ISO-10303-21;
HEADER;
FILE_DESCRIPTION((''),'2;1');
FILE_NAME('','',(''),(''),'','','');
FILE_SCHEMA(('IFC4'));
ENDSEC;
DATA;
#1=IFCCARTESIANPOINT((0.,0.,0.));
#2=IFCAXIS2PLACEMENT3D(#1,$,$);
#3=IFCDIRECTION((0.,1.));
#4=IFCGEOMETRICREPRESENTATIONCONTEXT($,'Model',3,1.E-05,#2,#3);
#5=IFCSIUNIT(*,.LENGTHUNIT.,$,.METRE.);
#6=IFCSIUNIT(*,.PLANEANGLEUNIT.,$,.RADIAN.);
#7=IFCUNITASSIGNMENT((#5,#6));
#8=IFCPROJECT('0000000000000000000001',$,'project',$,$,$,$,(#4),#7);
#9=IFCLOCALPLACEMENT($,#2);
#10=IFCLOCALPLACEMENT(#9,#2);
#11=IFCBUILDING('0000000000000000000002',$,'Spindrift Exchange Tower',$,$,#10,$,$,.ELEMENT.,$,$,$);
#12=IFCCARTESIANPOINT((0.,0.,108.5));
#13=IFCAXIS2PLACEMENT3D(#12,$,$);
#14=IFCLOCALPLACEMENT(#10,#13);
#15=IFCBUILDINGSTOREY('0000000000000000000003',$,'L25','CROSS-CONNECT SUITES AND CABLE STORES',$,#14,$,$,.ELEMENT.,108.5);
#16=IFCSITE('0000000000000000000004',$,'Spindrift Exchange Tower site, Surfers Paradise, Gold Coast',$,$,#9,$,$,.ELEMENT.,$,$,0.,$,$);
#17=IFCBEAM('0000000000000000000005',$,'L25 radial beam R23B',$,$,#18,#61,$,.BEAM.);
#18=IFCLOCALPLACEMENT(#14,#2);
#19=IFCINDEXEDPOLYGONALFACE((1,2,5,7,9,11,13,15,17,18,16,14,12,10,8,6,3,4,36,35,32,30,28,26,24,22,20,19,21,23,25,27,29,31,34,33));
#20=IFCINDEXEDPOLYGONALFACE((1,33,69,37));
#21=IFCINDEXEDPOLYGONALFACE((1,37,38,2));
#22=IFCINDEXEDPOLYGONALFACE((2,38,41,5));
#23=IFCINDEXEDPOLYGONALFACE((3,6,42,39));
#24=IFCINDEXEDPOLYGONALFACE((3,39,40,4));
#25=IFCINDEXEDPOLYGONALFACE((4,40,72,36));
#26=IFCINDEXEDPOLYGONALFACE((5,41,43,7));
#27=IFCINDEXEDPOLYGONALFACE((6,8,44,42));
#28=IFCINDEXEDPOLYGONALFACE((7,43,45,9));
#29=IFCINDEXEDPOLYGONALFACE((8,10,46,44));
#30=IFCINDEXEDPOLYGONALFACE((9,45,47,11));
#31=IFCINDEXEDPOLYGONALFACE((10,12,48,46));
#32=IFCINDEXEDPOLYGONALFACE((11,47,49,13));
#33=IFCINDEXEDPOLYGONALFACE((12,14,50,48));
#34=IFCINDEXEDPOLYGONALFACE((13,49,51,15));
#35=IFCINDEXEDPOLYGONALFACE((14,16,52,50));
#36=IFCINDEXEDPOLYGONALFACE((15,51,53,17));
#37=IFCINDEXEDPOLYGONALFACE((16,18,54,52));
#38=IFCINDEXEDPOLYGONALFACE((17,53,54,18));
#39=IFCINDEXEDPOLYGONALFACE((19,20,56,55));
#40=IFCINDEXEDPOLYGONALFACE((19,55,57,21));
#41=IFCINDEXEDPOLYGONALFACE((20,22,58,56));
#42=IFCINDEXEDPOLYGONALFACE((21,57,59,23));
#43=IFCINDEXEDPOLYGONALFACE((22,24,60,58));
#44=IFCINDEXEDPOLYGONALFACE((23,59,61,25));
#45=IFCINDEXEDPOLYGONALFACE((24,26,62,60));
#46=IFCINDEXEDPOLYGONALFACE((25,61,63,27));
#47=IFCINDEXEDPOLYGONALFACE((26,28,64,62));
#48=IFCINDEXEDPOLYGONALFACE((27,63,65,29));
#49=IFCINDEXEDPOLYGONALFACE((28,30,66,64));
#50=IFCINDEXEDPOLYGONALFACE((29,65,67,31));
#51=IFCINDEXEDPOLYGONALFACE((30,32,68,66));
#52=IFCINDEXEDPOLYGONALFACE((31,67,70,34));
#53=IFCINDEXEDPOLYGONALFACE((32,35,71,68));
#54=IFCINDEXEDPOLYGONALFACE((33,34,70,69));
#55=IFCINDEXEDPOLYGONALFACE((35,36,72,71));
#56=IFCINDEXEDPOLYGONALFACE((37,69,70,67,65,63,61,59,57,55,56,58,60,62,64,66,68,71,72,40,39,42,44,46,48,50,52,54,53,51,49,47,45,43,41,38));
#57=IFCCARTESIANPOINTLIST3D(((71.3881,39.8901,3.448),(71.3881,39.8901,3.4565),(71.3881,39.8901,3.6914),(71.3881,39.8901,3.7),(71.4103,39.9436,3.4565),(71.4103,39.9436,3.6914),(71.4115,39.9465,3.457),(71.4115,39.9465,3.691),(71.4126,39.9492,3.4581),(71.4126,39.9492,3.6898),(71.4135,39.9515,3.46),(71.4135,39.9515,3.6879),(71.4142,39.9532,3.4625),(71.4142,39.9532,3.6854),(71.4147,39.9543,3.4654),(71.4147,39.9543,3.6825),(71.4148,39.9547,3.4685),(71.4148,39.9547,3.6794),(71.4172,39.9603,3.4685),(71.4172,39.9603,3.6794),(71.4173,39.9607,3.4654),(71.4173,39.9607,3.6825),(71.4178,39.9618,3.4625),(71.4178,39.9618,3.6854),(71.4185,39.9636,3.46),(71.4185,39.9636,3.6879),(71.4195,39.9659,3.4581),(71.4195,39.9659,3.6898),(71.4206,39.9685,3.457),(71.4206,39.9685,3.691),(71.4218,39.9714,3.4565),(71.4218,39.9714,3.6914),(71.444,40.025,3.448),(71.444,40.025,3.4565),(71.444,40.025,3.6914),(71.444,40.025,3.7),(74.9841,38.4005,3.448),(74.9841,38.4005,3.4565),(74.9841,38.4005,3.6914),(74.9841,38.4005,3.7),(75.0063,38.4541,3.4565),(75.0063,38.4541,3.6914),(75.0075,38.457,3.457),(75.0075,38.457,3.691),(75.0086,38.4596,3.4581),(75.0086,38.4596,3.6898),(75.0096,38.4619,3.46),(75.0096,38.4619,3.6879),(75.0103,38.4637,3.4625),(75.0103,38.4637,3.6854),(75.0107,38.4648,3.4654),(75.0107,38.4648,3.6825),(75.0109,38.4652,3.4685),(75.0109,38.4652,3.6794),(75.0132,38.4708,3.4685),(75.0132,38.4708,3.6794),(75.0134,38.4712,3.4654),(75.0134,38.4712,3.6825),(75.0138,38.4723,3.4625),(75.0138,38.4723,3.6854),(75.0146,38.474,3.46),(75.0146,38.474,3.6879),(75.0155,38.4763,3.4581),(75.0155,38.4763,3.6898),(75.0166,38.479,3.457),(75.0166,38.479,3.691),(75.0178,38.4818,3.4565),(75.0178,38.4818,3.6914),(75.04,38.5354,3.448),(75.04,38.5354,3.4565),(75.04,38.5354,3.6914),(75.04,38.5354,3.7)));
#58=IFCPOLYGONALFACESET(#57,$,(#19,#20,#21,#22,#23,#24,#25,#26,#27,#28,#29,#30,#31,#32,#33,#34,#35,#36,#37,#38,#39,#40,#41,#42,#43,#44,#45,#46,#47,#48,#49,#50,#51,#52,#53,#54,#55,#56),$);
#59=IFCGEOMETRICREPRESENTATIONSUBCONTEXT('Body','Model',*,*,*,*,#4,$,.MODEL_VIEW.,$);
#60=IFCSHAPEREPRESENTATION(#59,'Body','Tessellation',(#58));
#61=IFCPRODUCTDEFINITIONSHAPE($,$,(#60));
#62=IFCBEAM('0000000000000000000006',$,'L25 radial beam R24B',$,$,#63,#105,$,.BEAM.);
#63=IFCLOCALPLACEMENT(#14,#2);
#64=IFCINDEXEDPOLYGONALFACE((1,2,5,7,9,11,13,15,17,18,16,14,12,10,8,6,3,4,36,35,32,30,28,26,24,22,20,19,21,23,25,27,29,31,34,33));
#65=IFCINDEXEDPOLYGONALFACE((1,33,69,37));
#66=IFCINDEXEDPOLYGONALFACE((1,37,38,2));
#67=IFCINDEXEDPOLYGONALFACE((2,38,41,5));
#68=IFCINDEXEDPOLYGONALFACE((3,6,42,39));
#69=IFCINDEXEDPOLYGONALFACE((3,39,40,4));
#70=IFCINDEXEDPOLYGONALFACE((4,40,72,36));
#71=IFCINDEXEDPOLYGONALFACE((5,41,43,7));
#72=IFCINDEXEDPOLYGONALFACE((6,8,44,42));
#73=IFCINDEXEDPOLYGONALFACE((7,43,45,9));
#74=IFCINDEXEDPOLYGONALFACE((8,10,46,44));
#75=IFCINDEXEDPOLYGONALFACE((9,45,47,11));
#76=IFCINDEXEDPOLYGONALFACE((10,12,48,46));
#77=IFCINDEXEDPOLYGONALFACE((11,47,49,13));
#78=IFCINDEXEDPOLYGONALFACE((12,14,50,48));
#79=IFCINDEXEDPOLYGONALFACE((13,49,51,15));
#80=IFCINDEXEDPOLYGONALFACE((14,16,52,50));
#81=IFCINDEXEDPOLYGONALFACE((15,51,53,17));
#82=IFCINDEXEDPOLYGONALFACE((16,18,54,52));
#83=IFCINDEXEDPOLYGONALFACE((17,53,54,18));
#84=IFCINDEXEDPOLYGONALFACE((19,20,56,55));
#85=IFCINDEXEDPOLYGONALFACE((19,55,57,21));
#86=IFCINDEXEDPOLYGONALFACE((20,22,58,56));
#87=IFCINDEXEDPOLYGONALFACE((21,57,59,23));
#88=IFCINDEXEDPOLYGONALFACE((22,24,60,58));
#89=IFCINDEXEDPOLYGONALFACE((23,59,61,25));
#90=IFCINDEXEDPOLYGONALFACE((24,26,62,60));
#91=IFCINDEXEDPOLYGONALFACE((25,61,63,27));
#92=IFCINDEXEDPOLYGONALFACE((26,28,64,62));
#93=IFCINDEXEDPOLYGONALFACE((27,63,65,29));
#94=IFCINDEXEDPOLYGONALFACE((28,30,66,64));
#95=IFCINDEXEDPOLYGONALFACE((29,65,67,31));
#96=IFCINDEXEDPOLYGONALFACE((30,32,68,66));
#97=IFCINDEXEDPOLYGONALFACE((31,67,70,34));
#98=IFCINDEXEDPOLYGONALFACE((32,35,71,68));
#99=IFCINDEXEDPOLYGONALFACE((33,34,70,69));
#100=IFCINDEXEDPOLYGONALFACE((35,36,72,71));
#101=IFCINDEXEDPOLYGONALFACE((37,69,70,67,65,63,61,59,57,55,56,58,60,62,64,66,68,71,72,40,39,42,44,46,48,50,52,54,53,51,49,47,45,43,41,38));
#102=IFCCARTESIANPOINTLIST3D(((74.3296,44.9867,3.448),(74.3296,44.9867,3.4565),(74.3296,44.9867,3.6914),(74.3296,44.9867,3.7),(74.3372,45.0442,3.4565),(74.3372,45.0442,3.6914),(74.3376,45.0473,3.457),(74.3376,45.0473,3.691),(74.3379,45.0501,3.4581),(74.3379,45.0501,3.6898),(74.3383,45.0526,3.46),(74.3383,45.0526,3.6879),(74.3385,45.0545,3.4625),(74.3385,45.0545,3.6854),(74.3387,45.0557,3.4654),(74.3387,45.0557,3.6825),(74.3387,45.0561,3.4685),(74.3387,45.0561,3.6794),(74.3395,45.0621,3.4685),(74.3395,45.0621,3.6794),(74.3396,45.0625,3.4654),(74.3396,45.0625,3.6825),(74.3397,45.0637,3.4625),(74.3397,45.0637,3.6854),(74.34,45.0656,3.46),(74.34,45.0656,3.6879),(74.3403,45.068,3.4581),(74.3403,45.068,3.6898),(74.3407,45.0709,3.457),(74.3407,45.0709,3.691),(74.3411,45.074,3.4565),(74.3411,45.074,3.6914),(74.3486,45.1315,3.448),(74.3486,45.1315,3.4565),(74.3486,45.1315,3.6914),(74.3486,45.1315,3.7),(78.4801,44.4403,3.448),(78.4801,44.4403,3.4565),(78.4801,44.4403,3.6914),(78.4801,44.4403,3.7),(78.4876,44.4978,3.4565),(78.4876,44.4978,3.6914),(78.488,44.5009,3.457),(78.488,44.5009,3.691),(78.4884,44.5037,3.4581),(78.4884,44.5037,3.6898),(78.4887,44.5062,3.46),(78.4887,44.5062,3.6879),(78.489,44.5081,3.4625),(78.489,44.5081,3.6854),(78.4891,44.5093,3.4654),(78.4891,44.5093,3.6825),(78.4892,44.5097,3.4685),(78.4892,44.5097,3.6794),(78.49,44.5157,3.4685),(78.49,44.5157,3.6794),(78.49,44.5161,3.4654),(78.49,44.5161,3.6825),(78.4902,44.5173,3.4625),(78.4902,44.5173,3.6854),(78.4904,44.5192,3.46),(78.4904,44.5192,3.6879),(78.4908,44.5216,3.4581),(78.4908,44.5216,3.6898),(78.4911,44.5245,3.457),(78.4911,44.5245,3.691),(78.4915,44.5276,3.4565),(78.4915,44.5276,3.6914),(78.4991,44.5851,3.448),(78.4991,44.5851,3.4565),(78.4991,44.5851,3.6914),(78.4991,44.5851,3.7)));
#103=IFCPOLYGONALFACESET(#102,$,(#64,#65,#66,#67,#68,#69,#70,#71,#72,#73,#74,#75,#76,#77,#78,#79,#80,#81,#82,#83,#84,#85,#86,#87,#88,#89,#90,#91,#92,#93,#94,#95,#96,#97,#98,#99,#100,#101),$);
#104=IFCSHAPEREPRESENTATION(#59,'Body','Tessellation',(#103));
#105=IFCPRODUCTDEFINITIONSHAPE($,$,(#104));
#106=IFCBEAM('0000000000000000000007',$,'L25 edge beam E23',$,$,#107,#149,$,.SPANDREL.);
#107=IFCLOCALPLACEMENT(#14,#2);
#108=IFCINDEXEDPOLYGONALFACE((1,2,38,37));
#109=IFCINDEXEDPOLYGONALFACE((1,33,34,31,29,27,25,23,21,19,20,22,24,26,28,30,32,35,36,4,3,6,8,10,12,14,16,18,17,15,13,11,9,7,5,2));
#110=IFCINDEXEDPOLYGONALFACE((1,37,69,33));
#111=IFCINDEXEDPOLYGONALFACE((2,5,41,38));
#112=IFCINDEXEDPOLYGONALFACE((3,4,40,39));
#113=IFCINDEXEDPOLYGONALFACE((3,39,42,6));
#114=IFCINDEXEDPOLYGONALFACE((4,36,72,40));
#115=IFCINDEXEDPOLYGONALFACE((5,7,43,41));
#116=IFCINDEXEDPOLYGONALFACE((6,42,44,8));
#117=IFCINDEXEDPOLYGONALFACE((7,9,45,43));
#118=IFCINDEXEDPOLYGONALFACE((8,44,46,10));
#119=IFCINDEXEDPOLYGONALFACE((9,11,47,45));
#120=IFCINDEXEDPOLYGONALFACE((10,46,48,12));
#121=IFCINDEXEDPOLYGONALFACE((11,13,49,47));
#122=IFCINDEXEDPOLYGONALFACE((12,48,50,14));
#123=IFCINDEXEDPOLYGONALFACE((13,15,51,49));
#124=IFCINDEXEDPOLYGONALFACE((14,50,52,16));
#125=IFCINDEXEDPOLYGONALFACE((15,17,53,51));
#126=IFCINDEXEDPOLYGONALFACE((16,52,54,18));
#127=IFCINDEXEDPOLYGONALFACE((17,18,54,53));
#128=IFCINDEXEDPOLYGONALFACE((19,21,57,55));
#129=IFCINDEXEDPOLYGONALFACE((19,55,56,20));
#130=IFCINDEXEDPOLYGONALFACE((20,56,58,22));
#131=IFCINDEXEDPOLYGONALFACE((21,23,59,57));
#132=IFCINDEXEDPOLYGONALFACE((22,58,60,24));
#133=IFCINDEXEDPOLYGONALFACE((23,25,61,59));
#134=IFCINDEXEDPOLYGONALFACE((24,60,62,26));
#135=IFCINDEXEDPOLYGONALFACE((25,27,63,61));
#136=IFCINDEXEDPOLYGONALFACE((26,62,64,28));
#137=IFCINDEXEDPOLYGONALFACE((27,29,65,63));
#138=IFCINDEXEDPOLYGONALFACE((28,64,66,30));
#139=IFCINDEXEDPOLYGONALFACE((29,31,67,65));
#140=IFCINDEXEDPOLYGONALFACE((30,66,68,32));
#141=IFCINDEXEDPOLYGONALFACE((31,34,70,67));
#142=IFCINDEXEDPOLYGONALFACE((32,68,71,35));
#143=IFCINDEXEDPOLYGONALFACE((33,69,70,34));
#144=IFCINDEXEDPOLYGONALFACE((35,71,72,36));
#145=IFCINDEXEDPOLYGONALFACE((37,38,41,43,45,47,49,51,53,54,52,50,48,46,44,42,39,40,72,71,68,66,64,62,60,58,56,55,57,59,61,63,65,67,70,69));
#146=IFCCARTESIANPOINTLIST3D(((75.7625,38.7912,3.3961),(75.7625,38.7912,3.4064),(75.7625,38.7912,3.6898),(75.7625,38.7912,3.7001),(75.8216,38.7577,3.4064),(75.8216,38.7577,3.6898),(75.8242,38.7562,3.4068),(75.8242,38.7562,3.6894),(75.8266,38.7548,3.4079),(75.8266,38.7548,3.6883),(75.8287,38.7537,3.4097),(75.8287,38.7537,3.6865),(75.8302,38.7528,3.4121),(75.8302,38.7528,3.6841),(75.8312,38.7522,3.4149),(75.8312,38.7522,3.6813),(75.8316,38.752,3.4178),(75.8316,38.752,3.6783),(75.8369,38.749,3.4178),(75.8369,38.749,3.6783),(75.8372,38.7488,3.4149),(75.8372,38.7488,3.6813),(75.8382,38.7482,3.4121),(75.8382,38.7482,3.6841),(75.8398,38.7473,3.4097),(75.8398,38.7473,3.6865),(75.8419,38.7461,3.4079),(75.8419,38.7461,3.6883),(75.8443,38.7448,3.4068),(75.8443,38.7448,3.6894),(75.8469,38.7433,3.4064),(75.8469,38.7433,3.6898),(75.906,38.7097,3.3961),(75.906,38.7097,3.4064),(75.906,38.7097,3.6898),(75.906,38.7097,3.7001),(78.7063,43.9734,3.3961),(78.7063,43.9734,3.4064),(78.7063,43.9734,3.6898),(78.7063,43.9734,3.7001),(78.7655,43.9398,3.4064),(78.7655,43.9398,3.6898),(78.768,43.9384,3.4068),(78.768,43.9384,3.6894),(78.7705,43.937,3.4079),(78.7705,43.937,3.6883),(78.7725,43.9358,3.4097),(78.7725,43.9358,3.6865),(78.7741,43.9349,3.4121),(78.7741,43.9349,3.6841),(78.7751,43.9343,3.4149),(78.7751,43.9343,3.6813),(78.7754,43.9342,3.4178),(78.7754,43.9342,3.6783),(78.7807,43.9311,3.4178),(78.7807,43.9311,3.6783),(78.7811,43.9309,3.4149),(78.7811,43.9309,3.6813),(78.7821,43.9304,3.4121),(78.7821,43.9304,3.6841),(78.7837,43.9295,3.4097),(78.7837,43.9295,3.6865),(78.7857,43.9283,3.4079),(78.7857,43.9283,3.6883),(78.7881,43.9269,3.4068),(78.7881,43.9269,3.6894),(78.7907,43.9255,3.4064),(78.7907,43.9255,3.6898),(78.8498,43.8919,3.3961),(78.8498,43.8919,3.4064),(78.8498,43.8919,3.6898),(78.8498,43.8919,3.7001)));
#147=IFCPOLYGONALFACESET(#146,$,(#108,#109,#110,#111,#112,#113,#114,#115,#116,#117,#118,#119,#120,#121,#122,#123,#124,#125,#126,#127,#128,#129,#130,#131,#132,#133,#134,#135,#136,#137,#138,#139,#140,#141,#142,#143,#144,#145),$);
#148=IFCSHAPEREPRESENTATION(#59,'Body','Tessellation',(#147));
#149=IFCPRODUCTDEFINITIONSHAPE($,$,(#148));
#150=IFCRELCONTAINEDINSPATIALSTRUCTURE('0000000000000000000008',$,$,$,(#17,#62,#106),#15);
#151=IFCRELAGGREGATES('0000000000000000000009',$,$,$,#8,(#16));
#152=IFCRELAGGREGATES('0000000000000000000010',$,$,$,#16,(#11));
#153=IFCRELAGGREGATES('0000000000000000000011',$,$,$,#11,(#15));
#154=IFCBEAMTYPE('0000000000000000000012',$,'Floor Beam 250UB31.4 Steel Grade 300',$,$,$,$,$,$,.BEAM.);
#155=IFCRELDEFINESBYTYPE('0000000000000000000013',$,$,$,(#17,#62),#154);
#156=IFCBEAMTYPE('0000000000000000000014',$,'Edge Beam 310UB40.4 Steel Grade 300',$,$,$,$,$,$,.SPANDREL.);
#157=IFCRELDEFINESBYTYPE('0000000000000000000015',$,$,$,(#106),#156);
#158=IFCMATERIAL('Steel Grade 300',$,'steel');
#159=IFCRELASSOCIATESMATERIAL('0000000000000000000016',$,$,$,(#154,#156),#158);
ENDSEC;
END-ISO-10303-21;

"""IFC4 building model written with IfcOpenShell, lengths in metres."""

from ifc_helpers import new_model, si_unit, direction, frame, origin, origin_2d, place, context, subcontext, project, spatial, i_section, extrude, source, transform, mapped, material, material_profile, profile_set, type_object, element, save


model = new_model("IFC4")

# Units and contexts
model_context = context("Model", 3, precision=1e-05, world=origin(), true_north=direction((0.0, 1.0)))
body_context = subcontext(model_context, "Body", "Model", "MODEL_VIEW")
ifc_project = project(units=[si_unit("LENGTHUNIT", "METRE"), si_unit("PLANEANGLEUNIT", "RADIAN")], contexts=[model_context])

# Site, building, storey
site_placement = place(None, origin())
site = spatial("IfcSite", under=ifc_project, at=site_placement, Name="Spindrift Exchange Tower site, Surfers Paradise, Gold Coast", CompositionType="ELEMENT", RefElevation=0.0)
building_placement = place(site_placement, origin())
building = spatial("IfcBuilding", under=site, at=building_placement, Name="Spindrift Exchange Tower", CompositionType="ELEMENT")
storey_placement = place(building_placement, frame((0.0, 0.0, 108.5)))
storey = spatial("IfcBuildingStorey", under=building, at=storey_placement, Name="L25", Description="CROSS-CONNECT SUITES AND CABLE STORES", CompositionType="ELEMENT", Elevation=108.5)

# Beams
ifc_material_1 = material(Name="Steel Grade 300", Category="steel")
ifc_material_profile_1 = material_profile(ifc_material_1, i_section(OverallWidth=0.146, OverallDepth=0.252, WebThickness=0.0061, FlangeThickness=0.0085, FilletRadius=0.012, at=origin_2d()), Name="250UB31.4")
ifc_profile_set_1 = profile_set([ifc_material_profile_1], Name="Steel Grade 300")
beam_type_1 = type_object("IfcBeamType", Name="Floor Beam 250UB31.4 Steel Grade 300", PredefinedType="BEAM", material=ifc_profile_set_1)
shared_shape_1 = source(origin(), body_context, "Body", "SweptSolid", [
    extrude(i_section(OverallWidth=0.146, OverallDepth=0.252, WebThickness=0.0061, FlangeThickness=0.0085, FilletRadius=0.012, at=origin_2d()), origin(), (0.0, 0.0, 1.0), 3.8923),
])
beam_1_placement = place(storey_placement, frame((71.416, 39.9575, 3.574), z_axis=(0.923878, -0.382686, 0.0), x_axis=(0.382686, 0.923878, 0.0)))
element("IfcBeam", 1, at=beam_1_placement, inside=storey, type_object=beam_type_1, Name="L25 radial beam R23B", PredefinedType="BEAM", context=body_context, shape_type="MappedRepresentation", body=[
    mapped(shared_shape_1, transform((0.0, 0.0, 0.0), scale=1.0)),
])
shared_shape_2 = source(origin(), body_context, "Body", "SweptSolid", [
    extrude(i_section(OverallWidth=0.146, OverallDepth=0.252, WebThickness=0.0061, FlangeThickness=0.0085, FilletRadius=0.012, at=origin_2d()), origin(), (0.0, 0.0, 1.0), 4.1863),
])
beam_2_placement = place(storey_placement, frame((74.3391, 45.0591, 3.574), z_axis=(0.991446, -0.130521, 0.0), x_axis=(0.130521, 0.991446, 0.0)))
element("IfcBeam", 2, at=beam_2_placement, inside=storey, type_object=beam_type_1, Name="L25 radial beam R24B", PredefinedType="BEAM", context=body_context, shape_type="MappedRepresentation", body=[
    mapped(shared_shape_2, transform((0.0, 0.0, 0.0), scale=1.0)),
])
ifc_material_profile_2 = material_profile(ifc_material_1, i_section(OverallWidth=0.165, OverallDepth=0.304, WebThickness=0.0061, FlangeThickness=0.0103, FilletRadius=0.0115, at=origin_2d()), Name="310UB40.4")
ifc_profile_set_2 = profile_set([ifc_material_profile_2], Name="Steel Grade 300")
beam_type_2 = type_object("IfcBeamType", Name="Edge Beam 310UB40.4 Steel Grade 300", PredefinedType="SPANDREL", material=ifc_profile_set_2)
shared_shape_3 = source(origin(), body_context, "Body", "SweptSolid", [
    extrude(i_section(OverallWidth=0.165, OverallDepth=0.304, WebThickness=0.0061, FlangeThickness=0.0103, FilletRadius=0.0115, at=origin_2d()), origin(), (0.0, 0.0, 1.0), 5.96),
])
beam_3_placement = place(storey_placement, frame((75.8342, 38.7505, 3.5481), z_axis=(0.49394, 0.869496, 0.0), x_axis=(-0.869496, 0.49394, 0.0)))
element("IfcBeam", 3, at=beam_3_placement, inside=storey, type_object=beam_type_2, Name="L25 edge beam E23", PredefinedType="SPANDREL", context=body_context, shape_type="MappedRepresentation", body=[
    mapped(shared_shape_3, transform((0.0, 0.0, 0.0), scale=1.0)),
])

save(model, "model.ifc")
